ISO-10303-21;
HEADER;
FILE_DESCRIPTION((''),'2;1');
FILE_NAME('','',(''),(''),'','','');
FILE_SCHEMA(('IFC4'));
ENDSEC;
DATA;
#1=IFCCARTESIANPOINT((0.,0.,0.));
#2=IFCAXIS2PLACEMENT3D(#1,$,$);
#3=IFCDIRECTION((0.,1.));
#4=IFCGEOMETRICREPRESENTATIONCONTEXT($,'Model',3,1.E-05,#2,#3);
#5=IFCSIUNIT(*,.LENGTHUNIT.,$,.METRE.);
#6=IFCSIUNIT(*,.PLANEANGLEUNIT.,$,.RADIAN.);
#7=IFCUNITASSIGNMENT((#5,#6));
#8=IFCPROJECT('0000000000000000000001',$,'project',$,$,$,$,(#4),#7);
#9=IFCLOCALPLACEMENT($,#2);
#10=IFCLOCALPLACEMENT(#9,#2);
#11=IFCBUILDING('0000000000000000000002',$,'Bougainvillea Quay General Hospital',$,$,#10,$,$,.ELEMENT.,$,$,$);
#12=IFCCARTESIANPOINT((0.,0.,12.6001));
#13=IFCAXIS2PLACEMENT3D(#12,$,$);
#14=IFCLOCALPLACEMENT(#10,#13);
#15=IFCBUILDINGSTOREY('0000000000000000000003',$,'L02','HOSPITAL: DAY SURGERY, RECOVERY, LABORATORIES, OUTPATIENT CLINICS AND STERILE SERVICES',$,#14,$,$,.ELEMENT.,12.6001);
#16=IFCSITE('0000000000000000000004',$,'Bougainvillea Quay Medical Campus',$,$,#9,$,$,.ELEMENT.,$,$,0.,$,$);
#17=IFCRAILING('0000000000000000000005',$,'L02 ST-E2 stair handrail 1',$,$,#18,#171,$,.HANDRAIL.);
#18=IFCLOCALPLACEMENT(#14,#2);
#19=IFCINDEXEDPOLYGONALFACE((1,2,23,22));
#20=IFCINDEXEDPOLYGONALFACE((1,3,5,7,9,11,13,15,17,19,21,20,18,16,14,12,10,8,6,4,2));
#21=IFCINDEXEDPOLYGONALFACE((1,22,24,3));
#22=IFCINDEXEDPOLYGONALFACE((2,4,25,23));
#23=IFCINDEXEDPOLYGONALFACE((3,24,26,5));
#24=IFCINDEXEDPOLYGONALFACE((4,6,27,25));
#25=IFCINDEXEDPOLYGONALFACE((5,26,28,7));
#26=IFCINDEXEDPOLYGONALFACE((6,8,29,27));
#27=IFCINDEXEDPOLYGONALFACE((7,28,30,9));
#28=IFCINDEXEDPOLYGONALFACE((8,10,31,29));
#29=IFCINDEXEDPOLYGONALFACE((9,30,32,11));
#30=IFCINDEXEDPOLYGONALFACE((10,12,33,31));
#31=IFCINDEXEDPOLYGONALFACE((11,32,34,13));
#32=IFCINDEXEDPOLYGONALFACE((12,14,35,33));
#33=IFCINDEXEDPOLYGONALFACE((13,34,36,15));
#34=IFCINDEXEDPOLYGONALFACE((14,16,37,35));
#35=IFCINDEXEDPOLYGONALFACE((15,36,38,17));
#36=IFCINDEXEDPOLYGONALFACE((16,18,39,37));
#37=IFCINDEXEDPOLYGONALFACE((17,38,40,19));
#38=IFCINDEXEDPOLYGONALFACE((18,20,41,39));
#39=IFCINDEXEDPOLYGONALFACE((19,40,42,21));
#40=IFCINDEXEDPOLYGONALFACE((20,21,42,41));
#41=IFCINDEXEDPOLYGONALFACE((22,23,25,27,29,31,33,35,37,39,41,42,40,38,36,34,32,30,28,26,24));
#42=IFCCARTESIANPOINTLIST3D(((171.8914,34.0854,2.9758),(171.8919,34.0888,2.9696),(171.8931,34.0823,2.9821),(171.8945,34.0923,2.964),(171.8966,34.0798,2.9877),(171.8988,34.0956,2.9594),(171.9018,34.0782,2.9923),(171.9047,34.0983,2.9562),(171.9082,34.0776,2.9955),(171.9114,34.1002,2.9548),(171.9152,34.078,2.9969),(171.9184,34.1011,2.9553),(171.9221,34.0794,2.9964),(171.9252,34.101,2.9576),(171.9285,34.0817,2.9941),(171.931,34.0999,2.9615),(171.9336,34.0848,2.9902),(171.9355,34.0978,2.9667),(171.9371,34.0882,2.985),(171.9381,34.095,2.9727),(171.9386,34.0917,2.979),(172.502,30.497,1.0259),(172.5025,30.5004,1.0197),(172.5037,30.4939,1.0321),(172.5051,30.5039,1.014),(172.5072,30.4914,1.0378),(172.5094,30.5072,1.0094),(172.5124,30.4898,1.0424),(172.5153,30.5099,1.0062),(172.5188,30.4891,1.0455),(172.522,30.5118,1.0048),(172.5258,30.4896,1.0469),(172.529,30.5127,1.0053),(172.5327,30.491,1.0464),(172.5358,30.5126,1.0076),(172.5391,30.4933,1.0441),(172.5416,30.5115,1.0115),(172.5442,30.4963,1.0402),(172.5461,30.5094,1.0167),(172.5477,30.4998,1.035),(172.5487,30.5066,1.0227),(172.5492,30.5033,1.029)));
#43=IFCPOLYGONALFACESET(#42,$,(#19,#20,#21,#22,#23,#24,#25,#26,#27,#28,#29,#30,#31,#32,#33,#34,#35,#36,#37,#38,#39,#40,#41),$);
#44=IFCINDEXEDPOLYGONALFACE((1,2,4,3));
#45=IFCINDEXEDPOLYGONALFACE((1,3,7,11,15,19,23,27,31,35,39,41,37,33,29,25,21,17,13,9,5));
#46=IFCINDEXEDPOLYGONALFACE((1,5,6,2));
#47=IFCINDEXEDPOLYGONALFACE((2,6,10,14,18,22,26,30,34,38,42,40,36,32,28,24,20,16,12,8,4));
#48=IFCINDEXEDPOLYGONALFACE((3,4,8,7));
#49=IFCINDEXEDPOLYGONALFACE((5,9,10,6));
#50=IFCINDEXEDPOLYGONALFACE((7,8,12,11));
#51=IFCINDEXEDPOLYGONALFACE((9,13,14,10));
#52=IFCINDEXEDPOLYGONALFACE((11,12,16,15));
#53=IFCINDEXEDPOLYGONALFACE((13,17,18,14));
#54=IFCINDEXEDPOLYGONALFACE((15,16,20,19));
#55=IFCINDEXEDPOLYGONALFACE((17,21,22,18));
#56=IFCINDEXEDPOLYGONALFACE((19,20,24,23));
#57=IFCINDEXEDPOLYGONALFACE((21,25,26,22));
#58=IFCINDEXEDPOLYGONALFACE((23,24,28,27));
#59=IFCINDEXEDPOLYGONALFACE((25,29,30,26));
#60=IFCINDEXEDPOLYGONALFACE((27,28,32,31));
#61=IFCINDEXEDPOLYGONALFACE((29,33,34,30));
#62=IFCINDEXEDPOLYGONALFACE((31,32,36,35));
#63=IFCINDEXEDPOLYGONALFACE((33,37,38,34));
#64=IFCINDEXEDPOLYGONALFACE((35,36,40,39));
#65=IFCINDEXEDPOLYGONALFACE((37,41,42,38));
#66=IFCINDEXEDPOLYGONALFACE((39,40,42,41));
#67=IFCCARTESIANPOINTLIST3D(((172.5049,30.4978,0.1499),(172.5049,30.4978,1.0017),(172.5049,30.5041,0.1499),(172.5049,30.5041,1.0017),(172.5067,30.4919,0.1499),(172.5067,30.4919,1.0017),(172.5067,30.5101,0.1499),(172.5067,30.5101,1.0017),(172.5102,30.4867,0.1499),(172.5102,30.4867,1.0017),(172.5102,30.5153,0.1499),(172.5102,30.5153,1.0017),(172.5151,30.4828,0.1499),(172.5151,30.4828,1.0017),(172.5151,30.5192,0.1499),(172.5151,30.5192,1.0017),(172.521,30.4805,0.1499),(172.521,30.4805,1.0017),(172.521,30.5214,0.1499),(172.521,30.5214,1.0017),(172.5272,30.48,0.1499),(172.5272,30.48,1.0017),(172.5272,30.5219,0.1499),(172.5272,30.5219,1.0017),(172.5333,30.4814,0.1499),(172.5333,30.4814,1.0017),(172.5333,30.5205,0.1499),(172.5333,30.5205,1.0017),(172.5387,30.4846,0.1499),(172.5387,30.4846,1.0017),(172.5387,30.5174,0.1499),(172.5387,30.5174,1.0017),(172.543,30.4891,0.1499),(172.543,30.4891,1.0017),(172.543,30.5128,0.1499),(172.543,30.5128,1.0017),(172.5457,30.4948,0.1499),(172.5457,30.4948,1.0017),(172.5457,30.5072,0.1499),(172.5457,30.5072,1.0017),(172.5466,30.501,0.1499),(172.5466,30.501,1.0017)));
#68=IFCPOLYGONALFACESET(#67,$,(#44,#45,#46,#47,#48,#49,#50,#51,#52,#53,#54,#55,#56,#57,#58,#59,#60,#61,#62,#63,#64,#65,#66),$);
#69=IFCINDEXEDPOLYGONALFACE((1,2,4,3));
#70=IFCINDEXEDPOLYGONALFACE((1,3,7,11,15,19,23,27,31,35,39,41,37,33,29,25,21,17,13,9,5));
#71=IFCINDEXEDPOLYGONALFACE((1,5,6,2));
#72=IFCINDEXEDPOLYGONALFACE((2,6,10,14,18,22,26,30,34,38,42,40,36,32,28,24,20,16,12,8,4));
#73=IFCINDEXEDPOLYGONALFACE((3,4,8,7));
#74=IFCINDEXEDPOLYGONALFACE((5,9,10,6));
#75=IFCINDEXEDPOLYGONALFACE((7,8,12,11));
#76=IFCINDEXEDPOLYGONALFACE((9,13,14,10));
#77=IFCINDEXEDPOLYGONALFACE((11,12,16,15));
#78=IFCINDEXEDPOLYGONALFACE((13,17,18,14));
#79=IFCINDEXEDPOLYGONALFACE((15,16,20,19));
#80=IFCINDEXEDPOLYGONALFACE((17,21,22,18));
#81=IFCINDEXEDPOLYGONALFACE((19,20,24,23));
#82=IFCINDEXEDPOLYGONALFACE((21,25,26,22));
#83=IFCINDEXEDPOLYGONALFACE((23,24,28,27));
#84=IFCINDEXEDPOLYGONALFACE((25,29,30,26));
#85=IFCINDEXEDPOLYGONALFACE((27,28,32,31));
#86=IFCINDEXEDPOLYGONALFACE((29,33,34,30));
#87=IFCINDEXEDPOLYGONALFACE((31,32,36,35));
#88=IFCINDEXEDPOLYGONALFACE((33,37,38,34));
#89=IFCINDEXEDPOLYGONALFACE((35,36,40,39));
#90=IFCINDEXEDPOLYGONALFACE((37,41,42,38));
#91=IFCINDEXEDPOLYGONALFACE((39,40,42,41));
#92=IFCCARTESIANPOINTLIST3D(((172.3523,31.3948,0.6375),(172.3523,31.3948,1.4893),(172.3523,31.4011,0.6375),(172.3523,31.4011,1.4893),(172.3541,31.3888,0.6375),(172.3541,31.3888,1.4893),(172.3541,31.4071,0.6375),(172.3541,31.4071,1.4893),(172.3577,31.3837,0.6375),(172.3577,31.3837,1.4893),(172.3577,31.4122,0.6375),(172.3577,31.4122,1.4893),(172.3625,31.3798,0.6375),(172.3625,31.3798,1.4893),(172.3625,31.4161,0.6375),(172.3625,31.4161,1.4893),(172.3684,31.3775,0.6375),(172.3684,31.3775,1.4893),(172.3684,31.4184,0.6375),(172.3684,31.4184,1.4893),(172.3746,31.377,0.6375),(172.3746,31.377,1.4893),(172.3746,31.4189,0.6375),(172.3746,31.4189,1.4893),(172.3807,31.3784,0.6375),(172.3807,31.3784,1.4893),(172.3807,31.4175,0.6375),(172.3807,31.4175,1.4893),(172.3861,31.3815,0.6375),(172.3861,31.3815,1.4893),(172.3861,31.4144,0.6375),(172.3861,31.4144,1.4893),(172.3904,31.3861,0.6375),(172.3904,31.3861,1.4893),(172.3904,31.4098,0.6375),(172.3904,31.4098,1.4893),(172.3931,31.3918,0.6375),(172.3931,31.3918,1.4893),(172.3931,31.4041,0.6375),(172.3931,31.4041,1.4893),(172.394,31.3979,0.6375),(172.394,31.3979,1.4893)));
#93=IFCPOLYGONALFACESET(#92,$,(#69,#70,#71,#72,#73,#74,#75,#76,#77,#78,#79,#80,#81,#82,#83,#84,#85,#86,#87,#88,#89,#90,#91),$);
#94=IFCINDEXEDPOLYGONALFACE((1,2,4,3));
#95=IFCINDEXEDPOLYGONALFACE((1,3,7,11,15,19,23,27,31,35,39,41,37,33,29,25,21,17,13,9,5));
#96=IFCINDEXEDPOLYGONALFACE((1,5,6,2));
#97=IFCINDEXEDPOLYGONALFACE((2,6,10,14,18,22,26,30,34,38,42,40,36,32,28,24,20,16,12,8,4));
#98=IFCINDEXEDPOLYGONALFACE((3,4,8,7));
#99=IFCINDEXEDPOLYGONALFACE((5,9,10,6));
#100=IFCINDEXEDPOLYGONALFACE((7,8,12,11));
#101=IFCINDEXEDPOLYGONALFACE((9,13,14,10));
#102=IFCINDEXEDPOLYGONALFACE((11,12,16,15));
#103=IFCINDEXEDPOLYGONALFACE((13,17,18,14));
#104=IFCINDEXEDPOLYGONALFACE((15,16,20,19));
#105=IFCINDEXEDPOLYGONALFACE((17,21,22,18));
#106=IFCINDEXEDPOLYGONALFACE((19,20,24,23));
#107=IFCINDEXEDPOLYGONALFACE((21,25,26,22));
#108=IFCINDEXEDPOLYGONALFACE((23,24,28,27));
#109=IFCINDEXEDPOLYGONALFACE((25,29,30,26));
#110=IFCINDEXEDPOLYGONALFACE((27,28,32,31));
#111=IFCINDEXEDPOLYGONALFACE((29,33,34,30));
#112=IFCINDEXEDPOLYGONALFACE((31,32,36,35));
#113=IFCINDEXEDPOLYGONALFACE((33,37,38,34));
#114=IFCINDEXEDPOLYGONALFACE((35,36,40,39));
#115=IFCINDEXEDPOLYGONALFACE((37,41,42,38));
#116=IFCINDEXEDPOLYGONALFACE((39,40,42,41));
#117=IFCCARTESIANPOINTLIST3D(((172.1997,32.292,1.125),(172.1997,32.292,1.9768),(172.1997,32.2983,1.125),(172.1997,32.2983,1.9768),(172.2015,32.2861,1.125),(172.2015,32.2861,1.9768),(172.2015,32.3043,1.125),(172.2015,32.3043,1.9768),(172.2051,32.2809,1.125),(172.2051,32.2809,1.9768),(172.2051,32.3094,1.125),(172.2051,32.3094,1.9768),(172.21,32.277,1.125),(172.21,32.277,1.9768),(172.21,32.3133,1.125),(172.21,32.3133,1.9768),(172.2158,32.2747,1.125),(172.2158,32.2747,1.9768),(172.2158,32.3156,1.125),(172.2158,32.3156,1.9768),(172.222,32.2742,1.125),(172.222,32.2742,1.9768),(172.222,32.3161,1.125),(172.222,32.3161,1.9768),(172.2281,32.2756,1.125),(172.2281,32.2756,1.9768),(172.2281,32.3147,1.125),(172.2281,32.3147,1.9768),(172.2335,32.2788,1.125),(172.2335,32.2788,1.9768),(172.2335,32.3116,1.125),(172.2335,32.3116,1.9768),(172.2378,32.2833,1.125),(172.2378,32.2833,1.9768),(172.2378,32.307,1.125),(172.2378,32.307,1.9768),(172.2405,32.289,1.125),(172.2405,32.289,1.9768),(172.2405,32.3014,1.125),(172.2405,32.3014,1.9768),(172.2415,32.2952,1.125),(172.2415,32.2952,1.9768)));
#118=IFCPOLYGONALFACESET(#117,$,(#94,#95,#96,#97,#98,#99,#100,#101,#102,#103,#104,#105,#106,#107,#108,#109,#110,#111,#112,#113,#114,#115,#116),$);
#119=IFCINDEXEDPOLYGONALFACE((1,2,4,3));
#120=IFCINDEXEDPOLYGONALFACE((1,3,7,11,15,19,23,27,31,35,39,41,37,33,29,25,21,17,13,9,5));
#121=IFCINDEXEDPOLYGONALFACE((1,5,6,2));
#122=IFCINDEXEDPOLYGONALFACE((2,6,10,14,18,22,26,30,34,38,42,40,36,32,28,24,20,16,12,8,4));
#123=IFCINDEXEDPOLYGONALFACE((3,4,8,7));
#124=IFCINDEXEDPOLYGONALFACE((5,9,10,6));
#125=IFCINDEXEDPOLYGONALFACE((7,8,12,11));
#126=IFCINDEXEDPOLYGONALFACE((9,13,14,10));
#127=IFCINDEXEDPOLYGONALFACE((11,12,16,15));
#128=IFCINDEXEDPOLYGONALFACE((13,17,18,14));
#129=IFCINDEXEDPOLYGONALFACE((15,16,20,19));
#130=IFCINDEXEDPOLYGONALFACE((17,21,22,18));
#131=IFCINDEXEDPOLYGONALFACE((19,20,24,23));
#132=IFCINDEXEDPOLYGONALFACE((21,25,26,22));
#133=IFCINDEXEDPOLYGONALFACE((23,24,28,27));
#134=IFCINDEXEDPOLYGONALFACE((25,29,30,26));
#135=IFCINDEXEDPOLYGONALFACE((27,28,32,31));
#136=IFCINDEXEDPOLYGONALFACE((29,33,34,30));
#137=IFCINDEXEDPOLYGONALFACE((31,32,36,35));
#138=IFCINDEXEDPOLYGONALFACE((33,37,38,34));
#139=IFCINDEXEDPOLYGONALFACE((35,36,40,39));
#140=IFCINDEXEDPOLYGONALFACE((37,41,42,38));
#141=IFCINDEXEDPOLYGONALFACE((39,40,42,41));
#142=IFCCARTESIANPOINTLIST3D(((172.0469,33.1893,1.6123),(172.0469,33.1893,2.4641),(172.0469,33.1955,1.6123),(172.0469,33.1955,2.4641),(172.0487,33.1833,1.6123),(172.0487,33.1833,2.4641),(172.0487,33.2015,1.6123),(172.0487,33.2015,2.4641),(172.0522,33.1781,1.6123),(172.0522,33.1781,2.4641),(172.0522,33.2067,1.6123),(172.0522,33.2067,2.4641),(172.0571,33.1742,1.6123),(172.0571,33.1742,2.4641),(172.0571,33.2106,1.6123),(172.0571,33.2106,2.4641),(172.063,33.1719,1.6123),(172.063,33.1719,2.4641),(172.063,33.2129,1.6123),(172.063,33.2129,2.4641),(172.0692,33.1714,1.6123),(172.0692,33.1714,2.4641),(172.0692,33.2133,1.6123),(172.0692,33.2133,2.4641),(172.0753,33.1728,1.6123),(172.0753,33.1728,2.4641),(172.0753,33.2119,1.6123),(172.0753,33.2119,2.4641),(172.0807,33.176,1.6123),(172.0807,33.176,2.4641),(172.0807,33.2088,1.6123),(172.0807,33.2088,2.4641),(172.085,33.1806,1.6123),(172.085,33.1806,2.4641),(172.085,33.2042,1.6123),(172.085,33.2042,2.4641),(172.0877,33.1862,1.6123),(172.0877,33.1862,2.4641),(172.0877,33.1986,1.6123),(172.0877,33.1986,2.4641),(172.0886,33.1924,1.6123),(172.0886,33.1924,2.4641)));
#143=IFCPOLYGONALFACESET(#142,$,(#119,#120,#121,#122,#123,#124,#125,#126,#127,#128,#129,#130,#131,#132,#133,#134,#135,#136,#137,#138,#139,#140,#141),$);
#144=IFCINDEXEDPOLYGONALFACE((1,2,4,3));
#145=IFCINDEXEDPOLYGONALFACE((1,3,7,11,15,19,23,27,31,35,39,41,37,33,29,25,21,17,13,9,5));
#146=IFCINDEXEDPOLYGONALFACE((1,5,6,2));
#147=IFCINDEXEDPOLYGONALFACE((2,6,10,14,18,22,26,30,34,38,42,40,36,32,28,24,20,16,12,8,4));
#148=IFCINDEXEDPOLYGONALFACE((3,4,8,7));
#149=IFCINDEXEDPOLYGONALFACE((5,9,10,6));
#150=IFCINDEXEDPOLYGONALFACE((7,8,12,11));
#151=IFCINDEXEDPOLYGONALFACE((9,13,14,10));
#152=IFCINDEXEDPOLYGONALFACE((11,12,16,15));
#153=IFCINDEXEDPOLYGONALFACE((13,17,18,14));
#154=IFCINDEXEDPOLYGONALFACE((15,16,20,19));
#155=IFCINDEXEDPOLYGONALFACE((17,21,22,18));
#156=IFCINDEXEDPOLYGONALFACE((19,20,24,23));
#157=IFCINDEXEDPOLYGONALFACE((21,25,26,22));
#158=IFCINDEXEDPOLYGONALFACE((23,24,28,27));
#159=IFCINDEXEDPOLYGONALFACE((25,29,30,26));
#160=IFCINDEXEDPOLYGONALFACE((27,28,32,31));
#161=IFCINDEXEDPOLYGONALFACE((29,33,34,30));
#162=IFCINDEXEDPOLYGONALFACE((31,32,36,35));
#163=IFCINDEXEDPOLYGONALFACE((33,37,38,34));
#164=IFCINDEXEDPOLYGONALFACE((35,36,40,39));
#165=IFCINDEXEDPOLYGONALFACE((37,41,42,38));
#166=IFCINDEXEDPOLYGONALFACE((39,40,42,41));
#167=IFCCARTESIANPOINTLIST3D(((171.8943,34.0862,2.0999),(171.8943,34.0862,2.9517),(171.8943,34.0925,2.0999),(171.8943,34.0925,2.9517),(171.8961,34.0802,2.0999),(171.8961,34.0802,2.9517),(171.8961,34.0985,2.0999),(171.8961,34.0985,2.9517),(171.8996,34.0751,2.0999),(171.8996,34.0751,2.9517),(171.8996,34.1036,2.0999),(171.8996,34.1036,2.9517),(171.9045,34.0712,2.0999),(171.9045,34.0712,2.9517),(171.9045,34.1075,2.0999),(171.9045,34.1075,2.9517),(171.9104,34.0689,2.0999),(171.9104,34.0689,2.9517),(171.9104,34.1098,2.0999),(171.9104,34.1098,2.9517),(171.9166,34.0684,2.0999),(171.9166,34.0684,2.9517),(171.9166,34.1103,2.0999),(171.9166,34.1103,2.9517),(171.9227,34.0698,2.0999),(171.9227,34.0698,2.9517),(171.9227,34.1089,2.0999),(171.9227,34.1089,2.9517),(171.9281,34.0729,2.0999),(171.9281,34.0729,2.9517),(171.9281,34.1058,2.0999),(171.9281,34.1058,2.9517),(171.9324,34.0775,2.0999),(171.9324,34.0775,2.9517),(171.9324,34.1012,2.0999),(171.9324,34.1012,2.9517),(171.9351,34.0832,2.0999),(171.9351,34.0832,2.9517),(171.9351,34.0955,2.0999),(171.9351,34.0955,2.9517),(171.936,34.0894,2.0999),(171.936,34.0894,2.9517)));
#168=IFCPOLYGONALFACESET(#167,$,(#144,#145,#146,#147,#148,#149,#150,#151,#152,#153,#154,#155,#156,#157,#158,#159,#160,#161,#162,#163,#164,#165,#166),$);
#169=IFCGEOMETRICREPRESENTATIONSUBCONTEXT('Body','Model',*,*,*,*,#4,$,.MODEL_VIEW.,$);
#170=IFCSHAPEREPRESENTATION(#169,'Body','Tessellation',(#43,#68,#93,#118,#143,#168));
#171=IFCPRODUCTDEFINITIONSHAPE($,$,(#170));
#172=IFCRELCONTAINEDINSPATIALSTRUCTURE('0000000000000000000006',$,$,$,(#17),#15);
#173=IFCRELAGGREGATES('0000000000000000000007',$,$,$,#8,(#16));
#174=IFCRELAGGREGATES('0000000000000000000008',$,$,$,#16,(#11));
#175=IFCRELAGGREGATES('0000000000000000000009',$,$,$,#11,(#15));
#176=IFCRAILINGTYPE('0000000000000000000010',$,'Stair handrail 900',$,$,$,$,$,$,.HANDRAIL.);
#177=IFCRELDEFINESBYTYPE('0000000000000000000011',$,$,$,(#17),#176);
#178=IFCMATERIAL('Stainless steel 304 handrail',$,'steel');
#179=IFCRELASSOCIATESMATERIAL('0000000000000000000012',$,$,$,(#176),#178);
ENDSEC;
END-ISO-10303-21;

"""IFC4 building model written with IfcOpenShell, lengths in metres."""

from ifc_helpers import new_model, si_unit, direction, frame, origin, origin_2d, place, context, subcontext, project, spatial, circle, extrude, material, type_object, element, save


model = new_model("IFC4")

# Units and contexts
model_context = context("Model", 3, precision=1e-05, world=origin(), true_north=direction((0.0, 1.0)))
body_context = subcontext(model_context, "Body", "Model", "MODEL_VIEW")
ifc_project = project(units=[si_unit("LENGTHUNIT", "METRE"), si_unit("PLANEANGLEUNIT", "RADIAN")], contexts=[model_context])

# Site, building, storey
site_placement = place(None, origin())
site = spatial("IfcSite", under=ifc_project, at=site_placement, Name="Bougainvillea Quay Medical Campus", CompositionType="ELEMENT", RefElevation=0.0)
building_placement = place(site_placement, origin())
building = spatial("IfcBuilding", under=site, at=building_placement, Name="Bougainvillea Quay General Hospital", CompositionType="ELEMENT")
storey_placement = place(building_placement, frame((0.0, 0.0, 12.6001)))
storey = spatial("IfcBuildingStorey", under=building, at=storey_placement, Name="L02", Description="HOSPITAL: DAY SURGERY, RECOVERY, LABORATORIES, OUTPATIENT CLINICS AND STERILE SERVICES", CompositionType="ELEMENT", Elevation=12.6001)

# Railing
ifc_material_1 = material(Name="Stainless steel 304 handrail", Category="steel")
railing_type_1 = type_object("IfcRailingType", Name="Stair handrail 900", PredefinedType="HANDRAIL", material=ifc_material_1)
railing_1_placement = place(storey_placement, frame((172.5256, 30.501, 0.1499)))
element("IfcRailing", 1, at=railing_1_placement, inside=storey, type_object=railing_type_1, Name="L02 ST-E2 stair handrail 1", PredefinedType="HANDRAIL", context=body_context, shape_type="SweptSolid", body=[
    extrude(circle(Radius=0.0239, at=origin_2d()), frame((0.0, 0.0, 0.876), z_axis=(-0.147867, 0.868992, 0.472217), x_axis=(-0.98583, -0.167748, 0.0)), (0.0, 0.0, 1.0), 4.1294),
    extrude(circle(Radius=0.021, at=origin_2d()), origin(), (0.0, 0.0, 1.0), 0.8518),
    extrude(circle(Radius=0.021, at=origin_2d()), frame((-0.1526, 0.897, 0.4875)), (0.0, 0.0, 1.0), 0.8518),
    extrude(circle(Radius=0.021, at=origin_2d()), frame((-0.3052, 1.7942, 0.9751)), (0.0, 0.0, 1.0), 0.8518),
    extrude(circle(Radius=0.021, at=origin_2d()), frame((-0.458, 2.6914, 1.4624)), (0.0, 0.0, 1.0), 0.8518),
    extrude(circle(Radius=0.021, at=origin_2d()), frame((-0.6106, 3.5884, 1.95)), (0.0, 0.0, 1.0), 0.8518),
])

save(model, "model.ifc")
